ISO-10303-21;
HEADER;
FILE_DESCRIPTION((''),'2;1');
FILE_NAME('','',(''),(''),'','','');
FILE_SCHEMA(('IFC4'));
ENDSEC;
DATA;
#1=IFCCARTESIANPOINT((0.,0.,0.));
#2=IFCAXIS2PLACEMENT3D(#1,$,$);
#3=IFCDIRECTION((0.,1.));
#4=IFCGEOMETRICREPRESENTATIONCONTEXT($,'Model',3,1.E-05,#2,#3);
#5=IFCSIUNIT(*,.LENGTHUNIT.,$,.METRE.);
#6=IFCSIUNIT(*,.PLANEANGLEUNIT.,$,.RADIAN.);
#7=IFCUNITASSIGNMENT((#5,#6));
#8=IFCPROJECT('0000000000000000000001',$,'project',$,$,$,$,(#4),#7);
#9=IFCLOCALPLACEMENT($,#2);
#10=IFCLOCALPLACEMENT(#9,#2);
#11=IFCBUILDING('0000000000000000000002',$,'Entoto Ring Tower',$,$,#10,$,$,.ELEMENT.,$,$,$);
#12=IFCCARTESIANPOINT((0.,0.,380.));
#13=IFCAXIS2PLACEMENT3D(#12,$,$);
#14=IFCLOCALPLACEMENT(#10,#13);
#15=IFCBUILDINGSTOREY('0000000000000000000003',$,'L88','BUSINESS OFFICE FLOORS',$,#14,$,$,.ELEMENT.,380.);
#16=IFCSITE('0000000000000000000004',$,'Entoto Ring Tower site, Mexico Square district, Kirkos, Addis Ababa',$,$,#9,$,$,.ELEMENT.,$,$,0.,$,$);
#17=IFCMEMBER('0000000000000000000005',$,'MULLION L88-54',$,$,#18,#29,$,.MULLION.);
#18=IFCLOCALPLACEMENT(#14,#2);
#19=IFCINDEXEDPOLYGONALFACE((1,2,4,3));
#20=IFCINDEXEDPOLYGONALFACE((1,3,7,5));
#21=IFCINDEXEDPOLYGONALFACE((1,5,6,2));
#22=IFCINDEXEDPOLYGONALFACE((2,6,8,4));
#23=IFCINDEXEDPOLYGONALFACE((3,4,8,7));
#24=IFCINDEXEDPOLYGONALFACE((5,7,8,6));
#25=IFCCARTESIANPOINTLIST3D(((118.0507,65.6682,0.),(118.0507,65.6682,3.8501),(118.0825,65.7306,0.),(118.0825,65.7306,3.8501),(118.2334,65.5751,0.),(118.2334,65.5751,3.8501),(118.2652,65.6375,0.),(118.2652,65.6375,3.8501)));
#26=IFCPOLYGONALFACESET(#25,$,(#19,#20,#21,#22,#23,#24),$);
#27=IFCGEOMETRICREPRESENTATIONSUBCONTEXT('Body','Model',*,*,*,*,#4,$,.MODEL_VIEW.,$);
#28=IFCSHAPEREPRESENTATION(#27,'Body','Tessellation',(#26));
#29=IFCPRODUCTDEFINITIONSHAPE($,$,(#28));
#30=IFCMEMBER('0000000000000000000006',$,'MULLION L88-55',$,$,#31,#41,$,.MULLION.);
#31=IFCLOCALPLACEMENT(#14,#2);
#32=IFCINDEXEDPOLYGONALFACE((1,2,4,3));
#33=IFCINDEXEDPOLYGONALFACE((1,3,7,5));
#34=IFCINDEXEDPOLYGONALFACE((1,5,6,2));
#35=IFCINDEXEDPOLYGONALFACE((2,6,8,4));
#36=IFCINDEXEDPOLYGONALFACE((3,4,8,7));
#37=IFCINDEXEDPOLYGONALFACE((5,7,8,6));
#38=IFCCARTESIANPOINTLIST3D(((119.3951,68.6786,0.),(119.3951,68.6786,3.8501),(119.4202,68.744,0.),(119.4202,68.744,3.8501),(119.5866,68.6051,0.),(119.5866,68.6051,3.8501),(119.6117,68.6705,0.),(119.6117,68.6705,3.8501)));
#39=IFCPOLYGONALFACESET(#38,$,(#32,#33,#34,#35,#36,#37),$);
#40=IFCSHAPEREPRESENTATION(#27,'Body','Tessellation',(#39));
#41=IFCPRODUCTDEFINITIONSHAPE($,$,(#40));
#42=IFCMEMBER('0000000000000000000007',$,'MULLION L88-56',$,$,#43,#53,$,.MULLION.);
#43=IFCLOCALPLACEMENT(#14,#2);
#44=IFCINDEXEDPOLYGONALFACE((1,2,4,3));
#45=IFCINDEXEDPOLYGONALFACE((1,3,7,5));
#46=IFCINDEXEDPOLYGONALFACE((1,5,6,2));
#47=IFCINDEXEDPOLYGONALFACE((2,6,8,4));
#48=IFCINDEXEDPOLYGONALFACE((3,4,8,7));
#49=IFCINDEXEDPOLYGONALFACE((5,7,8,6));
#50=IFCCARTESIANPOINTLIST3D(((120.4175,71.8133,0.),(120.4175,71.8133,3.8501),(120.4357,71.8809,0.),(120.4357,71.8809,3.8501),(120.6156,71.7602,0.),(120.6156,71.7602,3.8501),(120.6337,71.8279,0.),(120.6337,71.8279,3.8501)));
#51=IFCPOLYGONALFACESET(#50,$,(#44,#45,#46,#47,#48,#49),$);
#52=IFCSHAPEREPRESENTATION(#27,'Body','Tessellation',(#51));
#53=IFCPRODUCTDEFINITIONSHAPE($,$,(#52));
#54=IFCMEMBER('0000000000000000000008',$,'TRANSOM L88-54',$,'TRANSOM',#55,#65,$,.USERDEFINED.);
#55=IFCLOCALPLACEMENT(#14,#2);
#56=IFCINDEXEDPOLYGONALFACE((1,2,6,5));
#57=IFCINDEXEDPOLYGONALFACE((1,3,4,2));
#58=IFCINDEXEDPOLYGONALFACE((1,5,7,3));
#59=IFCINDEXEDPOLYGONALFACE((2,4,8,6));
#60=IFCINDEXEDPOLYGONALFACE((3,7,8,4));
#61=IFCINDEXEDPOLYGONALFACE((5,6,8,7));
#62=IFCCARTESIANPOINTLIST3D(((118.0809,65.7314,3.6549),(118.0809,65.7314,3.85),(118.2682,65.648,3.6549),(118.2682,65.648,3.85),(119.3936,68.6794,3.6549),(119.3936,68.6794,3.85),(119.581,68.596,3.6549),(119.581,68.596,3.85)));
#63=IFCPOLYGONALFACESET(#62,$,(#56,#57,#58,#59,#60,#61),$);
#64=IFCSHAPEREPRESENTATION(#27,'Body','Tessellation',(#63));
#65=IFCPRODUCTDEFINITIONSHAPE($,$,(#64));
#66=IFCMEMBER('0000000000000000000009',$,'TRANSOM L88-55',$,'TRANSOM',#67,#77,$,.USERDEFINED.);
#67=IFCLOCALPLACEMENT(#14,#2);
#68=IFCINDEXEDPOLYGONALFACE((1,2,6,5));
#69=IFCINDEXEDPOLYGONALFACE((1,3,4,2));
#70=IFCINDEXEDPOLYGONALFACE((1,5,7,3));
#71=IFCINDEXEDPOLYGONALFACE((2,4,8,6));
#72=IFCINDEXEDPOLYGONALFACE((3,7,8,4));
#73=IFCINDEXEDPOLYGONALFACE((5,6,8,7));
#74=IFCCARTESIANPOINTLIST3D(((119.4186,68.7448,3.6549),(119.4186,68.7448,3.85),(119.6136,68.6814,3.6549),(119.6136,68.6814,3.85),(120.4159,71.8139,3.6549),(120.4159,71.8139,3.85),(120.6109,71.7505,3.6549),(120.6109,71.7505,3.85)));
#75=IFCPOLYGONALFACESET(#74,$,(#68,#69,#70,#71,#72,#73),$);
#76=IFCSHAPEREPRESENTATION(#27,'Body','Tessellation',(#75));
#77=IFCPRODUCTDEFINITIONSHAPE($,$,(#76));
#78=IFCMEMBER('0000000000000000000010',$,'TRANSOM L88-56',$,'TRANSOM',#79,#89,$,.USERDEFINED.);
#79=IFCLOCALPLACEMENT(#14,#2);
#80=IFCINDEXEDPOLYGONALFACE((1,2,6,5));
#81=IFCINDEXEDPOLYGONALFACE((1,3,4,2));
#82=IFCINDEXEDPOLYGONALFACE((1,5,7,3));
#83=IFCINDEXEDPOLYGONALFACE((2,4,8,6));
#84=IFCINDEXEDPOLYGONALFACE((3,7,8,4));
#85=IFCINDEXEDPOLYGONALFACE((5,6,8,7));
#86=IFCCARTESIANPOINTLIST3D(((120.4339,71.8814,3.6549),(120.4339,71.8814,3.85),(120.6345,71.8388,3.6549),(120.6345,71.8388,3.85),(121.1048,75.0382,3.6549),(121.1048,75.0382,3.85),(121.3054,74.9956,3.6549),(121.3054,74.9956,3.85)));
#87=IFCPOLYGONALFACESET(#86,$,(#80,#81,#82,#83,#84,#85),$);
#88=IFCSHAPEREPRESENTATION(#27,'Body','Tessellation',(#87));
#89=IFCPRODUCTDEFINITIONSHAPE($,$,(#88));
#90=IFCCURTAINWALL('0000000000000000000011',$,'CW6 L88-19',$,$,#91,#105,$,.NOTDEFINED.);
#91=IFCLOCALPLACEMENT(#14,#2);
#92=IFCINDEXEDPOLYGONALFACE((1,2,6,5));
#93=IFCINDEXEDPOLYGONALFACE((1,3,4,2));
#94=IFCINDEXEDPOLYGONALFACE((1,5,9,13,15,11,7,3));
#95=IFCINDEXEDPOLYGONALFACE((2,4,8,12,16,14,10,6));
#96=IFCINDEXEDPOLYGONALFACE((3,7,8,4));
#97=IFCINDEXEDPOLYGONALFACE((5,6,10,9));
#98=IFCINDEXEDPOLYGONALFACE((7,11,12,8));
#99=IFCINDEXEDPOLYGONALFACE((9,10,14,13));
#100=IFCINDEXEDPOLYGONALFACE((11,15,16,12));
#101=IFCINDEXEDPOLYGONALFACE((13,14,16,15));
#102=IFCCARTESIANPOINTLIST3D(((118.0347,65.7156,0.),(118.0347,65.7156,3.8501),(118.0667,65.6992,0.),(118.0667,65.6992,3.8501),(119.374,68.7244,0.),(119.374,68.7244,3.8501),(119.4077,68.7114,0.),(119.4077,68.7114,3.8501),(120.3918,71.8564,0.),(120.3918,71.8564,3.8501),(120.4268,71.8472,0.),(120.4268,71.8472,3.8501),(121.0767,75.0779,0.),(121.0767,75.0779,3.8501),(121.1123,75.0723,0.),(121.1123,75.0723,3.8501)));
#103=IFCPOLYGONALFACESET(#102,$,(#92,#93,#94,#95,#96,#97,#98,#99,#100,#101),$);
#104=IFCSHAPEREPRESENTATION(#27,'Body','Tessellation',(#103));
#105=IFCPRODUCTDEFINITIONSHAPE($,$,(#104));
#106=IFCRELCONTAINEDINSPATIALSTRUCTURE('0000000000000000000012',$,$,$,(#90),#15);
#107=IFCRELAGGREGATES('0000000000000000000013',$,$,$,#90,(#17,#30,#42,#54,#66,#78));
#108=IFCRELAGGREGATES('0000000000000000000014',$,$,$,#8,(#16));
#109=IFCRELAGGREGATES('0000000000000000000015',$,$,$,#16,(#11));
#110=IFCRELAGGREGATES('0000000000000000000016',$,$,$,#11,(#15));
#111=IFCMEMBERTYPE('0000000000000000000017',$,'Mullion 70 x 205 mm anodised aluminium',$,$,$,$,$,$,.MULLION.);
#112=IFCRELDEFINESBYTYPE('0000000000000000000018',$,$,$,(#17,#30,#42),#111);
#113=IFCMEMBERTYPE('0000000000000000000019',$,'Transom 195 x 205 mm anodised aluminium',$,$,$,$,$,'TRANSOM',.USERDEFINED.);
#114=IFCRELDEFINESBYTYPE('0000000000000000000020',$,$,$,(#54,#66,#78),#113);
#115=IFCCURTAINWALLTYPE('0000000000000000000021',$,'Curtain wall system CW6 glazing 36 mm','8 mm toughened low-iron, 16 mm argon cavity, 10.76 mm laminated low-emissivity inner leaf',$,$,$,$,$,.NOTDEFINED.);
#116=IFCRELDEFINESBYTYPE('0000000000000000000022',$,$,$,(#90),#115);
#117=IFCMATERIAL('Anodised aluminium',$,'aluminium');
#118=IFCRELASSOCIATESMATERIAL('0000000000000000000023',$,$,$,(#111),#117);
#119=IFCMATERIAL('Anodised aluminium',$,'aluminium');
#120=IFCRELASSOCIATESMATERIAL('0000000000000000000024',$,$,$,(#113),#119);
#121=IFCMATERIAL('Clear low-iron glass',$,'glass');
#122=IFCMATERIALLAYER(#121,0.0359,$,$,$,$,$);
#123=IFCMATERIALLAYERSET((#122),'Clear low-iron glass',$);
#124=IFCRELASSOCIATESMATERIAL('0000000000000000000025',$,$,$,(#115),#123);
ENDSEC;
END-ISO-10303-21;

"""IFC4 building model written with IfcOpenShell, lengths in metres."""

from ifc_helpers import new_model, si_unit, direction, frame, origin, origin_2d, place, context, subcontext, project, spatial, polyline, rectangle, outline, extrude, material, layer, layer_set, material_profile, profile_set, type_object, element, aggregate, save


model = new_model("IFC4")

# Units and contexts
model_context = context("Model", 3, precision=1e-05, world=origin(), true_north=direction((0.0, 1.0)))
body_context = subcontext(model_context, "Body", "Model", "MODEL_VIEW")
ifc_project = project(units=[si_unit("LENGTHUNIT", "METRE"), si_unit("PLANEANGLEUNIT", "RADIAN")], contexts=[model_context])

# Members
ifc_material_1 = material(Name="Anodised aluminium", Category="aluminium")
ifc_material_profile_1 = material_profile(ifc_material_1, rectangle(XDim=0.0701, YDim=0.2051, at=origin_2d()), Name="Mullion 70 x 205 mm anodised aluminium")
ifc_profile_set_1 = profile_set([ifc_material_profile_1], Name="Anodised aluminium")
member_type_1 = type_object("IfcMemberType", Name="Mullion 70 x 205 mm anodised aluminium", PredefinedType="MULLION", material=ifc_profile_set_1)
site_placement = place(None, origin())
building_placement = place(site_placement, origin())
storey_placement = place(building_placement, frame((0.0, 0.0, 380.0)))
member_1_placement = place(storey_placement, frame((118.158, 65.6528, 0.0), z_axis=(0.0, 0.0, 1.0), x_axis=(0.45399, 0.891007, 0.0)))
member_1 = element("IfcMember", 1, at=member_1_placement, type_object=member_type_1, Name="MULLION L88-54", PredefinedType="MULLION", context=body_context, shape_type="SweptSolid", body=[
    extrude(rectangle(XDim=0.0701, YDim=0.2051, at=origin_2d()), origin(), (0.0, 0.0, 1.0), 3.8501),
])
member_2_placement = place(storey_placement, frame((119.5034, 68.6746, 0.0), z_axis=(0.0, 0.0, 1.0), x_axis=(0.358368, 0.93358, 0.0)))
member_2 = element("IfcMember", 2, at=member_2_placement, type_object=member_type_1, Name="MULLION L88-55", PredefinedType="MULLION", context=body_context, shape_type="SweptSolid", body=[
    extrude(rectangle(XDim=0.0701, YDim=0.2051, at=origin_2d()), origin(), (0.0, 0.0, 1.0), 3.8501),
])
member_3_placement = place(storey_placement, frame((120.5256, 71.8206, 0.0), z_axis=(0.0, 0.0, 1.0), x_axis=(0.258819, 0.965926, 0.0)))
member_3 = element("IfcMember", 3, at=member_3_placement, type_object=member_type_1, Name="MULLION L88-56", PredefinedType="MULLION", context=body_context, shape_type="SweptSolid", body=[
    extrude(rectangle(XDim=0.0701, YDim=0.2051, at=origin_2d()), origin(), (0.0, 0.0, 1.0), 3.8501),
])
ifc_material_2 = material(Name="Anodised aluminium", Category="aluminium")
ifc_material_profile_2 = material_profile(ifc_material_2, rectangle(XDim=0.2051, YDim=0.1951, at=origin_2d()), Name="Transom 195 x 205 mm anodised aluminium")
ifc_profile_set_2 = profile_set([ifc_material_profile_2], Name="Anodised aluminium")
member_type_2 = type_object("IfcMemberType", Name="Transom 195 x 205 mm anodised aluminium", ElementType="TRANSOM", PredefinedType="USERDEFINED", material=ifc_profile_set_2)
member_4_placement = place(storey_placement, frame((118.1746, 65.6897, 3.7524), z_axis=(0.406791, 0.913521, 0.0), x_axis=(-0.913521, 0.406791, 0.0)))
member_4 = element("IfcMember", 4, at=member_4_placement, type_object=member_type_2, Name="TRANSOM L88-54", ObjectType="TRANSOM", PredefinedType="USERDEFINED", context=body_context, shape_type="SweptSolid", body=[
    extrude(rectangle(XDim=0.2051, YDim=0.1951, at=origin_2d()), origin(), (0.0, 0.0, 1.0), 3.2271),
])
member_5_placement = place(storey_placement, frame((119.5161, 68.7131, 3.7524), z_axis=(0.309047, 0.951047, 0.0), x_axis=(-0.951047, 0.309047, 0.0)))
member_5 = element("IfcMember", 5, at=member_5_placement, type_object=member_type_2, Name="TRANSOM L88-55", ObjectType="TRANSOM", PredefinedType="USERDEFINED", context=body_context, shape_type="SweptSolid", body=[
    extrude(rectangle(XDim=0.2051, YDim=0.1951, at=origin_2d()), origin(), (0.0, 0.0, 1.0), 3.2271),
])
member_6_placement = place(storey_placement, frame((120.5342, 71.8601, 3.7524), z_axis=(0.207886, 0.978153, 0.0), x_axis=(-0.978153, 0.207886, 0.0)))
member_6 = element("IfcMember", 6, at=member_6_placement, type_object=member_type_2, Name="TRANSOM L88-56", ObjectType="TRANSOM", PredefinedType="USERDEFINED", context=body_context, shape_type="SweptSolid", body=[
    extrude(rectangle(XDim=0.2051, YDim=0.1951, at=origin_2d()), origin(), (0.0, 0.0, 1.0), 3.2273),
])

# Site, building, storey
site = spatial("IfcSite", under=ifc_project, at=site_placement, Name="Entoto Ring Tower site, Mexico Square district, Kirkos, Addis Ababa", CompositionType="ELEMENT", RefElevation=0.0)
building = spatial("IfcBuilding", under=site, at=building_placement, Name="Entoto Ring Tower", CompositionType="ELEMENT")
storey = spatial("IfcBuildingStorey", under=building, at=storey_placement, Name="L88", Description="BUSINESS OFFICE FLOORS", CompositionType="ELEMENT", Elevation=380.0)

# Curtain wall
ifc_material_3 = material(Name="Clear low-iron glass", Category="glass")
ifc_layer_1 = layer(ifc_material_3, 0.0359)
ifc_layer_set_1 = layer_set([ifc_layer_1], Name="Clear low-iron glass")
curtain_wall_type = type_object("IfcCurtainWallType", Name="Curtain wall system CW6 glazing 36 mm", Description="8 mm toughened low-iron, 16 mm argon cavity, 10.76 mm laminated low-emissivity inner leaf", PredefinedType="NOTDEFINED", material=ifc_layer_set_1)
curtain_wall_1_placement = place(storey_placement, origin())
curtain_wall_1 = element("IfcCurtainWall", 7, at=curtain_wall_1_placement, inside=storey, type_object=curtain_wall_type, Name="CW6 L88-19", PredefinedType="NOTDEFINED", context=body_context, shape_type="SweptSolid", body=[
    extrude(outline(polyline([(118.0667, 65.6992), (119.4077, 68.7114), (120.4268, 71.8472), (121.1123, 75.0723), (121.0767, 75.0779), (120.3918, 71.8564), (119.374, 68.7244), (118.0347, 65.7156), (118.0667, 65.6992)])), origin(), (0.0, 0.0, 1.0), 3.8501),
])
aggregate(curtain_wall_1, [member_1, member_2, member_3, member_4, member_5, member_6])

save(model, "model.ifc")
